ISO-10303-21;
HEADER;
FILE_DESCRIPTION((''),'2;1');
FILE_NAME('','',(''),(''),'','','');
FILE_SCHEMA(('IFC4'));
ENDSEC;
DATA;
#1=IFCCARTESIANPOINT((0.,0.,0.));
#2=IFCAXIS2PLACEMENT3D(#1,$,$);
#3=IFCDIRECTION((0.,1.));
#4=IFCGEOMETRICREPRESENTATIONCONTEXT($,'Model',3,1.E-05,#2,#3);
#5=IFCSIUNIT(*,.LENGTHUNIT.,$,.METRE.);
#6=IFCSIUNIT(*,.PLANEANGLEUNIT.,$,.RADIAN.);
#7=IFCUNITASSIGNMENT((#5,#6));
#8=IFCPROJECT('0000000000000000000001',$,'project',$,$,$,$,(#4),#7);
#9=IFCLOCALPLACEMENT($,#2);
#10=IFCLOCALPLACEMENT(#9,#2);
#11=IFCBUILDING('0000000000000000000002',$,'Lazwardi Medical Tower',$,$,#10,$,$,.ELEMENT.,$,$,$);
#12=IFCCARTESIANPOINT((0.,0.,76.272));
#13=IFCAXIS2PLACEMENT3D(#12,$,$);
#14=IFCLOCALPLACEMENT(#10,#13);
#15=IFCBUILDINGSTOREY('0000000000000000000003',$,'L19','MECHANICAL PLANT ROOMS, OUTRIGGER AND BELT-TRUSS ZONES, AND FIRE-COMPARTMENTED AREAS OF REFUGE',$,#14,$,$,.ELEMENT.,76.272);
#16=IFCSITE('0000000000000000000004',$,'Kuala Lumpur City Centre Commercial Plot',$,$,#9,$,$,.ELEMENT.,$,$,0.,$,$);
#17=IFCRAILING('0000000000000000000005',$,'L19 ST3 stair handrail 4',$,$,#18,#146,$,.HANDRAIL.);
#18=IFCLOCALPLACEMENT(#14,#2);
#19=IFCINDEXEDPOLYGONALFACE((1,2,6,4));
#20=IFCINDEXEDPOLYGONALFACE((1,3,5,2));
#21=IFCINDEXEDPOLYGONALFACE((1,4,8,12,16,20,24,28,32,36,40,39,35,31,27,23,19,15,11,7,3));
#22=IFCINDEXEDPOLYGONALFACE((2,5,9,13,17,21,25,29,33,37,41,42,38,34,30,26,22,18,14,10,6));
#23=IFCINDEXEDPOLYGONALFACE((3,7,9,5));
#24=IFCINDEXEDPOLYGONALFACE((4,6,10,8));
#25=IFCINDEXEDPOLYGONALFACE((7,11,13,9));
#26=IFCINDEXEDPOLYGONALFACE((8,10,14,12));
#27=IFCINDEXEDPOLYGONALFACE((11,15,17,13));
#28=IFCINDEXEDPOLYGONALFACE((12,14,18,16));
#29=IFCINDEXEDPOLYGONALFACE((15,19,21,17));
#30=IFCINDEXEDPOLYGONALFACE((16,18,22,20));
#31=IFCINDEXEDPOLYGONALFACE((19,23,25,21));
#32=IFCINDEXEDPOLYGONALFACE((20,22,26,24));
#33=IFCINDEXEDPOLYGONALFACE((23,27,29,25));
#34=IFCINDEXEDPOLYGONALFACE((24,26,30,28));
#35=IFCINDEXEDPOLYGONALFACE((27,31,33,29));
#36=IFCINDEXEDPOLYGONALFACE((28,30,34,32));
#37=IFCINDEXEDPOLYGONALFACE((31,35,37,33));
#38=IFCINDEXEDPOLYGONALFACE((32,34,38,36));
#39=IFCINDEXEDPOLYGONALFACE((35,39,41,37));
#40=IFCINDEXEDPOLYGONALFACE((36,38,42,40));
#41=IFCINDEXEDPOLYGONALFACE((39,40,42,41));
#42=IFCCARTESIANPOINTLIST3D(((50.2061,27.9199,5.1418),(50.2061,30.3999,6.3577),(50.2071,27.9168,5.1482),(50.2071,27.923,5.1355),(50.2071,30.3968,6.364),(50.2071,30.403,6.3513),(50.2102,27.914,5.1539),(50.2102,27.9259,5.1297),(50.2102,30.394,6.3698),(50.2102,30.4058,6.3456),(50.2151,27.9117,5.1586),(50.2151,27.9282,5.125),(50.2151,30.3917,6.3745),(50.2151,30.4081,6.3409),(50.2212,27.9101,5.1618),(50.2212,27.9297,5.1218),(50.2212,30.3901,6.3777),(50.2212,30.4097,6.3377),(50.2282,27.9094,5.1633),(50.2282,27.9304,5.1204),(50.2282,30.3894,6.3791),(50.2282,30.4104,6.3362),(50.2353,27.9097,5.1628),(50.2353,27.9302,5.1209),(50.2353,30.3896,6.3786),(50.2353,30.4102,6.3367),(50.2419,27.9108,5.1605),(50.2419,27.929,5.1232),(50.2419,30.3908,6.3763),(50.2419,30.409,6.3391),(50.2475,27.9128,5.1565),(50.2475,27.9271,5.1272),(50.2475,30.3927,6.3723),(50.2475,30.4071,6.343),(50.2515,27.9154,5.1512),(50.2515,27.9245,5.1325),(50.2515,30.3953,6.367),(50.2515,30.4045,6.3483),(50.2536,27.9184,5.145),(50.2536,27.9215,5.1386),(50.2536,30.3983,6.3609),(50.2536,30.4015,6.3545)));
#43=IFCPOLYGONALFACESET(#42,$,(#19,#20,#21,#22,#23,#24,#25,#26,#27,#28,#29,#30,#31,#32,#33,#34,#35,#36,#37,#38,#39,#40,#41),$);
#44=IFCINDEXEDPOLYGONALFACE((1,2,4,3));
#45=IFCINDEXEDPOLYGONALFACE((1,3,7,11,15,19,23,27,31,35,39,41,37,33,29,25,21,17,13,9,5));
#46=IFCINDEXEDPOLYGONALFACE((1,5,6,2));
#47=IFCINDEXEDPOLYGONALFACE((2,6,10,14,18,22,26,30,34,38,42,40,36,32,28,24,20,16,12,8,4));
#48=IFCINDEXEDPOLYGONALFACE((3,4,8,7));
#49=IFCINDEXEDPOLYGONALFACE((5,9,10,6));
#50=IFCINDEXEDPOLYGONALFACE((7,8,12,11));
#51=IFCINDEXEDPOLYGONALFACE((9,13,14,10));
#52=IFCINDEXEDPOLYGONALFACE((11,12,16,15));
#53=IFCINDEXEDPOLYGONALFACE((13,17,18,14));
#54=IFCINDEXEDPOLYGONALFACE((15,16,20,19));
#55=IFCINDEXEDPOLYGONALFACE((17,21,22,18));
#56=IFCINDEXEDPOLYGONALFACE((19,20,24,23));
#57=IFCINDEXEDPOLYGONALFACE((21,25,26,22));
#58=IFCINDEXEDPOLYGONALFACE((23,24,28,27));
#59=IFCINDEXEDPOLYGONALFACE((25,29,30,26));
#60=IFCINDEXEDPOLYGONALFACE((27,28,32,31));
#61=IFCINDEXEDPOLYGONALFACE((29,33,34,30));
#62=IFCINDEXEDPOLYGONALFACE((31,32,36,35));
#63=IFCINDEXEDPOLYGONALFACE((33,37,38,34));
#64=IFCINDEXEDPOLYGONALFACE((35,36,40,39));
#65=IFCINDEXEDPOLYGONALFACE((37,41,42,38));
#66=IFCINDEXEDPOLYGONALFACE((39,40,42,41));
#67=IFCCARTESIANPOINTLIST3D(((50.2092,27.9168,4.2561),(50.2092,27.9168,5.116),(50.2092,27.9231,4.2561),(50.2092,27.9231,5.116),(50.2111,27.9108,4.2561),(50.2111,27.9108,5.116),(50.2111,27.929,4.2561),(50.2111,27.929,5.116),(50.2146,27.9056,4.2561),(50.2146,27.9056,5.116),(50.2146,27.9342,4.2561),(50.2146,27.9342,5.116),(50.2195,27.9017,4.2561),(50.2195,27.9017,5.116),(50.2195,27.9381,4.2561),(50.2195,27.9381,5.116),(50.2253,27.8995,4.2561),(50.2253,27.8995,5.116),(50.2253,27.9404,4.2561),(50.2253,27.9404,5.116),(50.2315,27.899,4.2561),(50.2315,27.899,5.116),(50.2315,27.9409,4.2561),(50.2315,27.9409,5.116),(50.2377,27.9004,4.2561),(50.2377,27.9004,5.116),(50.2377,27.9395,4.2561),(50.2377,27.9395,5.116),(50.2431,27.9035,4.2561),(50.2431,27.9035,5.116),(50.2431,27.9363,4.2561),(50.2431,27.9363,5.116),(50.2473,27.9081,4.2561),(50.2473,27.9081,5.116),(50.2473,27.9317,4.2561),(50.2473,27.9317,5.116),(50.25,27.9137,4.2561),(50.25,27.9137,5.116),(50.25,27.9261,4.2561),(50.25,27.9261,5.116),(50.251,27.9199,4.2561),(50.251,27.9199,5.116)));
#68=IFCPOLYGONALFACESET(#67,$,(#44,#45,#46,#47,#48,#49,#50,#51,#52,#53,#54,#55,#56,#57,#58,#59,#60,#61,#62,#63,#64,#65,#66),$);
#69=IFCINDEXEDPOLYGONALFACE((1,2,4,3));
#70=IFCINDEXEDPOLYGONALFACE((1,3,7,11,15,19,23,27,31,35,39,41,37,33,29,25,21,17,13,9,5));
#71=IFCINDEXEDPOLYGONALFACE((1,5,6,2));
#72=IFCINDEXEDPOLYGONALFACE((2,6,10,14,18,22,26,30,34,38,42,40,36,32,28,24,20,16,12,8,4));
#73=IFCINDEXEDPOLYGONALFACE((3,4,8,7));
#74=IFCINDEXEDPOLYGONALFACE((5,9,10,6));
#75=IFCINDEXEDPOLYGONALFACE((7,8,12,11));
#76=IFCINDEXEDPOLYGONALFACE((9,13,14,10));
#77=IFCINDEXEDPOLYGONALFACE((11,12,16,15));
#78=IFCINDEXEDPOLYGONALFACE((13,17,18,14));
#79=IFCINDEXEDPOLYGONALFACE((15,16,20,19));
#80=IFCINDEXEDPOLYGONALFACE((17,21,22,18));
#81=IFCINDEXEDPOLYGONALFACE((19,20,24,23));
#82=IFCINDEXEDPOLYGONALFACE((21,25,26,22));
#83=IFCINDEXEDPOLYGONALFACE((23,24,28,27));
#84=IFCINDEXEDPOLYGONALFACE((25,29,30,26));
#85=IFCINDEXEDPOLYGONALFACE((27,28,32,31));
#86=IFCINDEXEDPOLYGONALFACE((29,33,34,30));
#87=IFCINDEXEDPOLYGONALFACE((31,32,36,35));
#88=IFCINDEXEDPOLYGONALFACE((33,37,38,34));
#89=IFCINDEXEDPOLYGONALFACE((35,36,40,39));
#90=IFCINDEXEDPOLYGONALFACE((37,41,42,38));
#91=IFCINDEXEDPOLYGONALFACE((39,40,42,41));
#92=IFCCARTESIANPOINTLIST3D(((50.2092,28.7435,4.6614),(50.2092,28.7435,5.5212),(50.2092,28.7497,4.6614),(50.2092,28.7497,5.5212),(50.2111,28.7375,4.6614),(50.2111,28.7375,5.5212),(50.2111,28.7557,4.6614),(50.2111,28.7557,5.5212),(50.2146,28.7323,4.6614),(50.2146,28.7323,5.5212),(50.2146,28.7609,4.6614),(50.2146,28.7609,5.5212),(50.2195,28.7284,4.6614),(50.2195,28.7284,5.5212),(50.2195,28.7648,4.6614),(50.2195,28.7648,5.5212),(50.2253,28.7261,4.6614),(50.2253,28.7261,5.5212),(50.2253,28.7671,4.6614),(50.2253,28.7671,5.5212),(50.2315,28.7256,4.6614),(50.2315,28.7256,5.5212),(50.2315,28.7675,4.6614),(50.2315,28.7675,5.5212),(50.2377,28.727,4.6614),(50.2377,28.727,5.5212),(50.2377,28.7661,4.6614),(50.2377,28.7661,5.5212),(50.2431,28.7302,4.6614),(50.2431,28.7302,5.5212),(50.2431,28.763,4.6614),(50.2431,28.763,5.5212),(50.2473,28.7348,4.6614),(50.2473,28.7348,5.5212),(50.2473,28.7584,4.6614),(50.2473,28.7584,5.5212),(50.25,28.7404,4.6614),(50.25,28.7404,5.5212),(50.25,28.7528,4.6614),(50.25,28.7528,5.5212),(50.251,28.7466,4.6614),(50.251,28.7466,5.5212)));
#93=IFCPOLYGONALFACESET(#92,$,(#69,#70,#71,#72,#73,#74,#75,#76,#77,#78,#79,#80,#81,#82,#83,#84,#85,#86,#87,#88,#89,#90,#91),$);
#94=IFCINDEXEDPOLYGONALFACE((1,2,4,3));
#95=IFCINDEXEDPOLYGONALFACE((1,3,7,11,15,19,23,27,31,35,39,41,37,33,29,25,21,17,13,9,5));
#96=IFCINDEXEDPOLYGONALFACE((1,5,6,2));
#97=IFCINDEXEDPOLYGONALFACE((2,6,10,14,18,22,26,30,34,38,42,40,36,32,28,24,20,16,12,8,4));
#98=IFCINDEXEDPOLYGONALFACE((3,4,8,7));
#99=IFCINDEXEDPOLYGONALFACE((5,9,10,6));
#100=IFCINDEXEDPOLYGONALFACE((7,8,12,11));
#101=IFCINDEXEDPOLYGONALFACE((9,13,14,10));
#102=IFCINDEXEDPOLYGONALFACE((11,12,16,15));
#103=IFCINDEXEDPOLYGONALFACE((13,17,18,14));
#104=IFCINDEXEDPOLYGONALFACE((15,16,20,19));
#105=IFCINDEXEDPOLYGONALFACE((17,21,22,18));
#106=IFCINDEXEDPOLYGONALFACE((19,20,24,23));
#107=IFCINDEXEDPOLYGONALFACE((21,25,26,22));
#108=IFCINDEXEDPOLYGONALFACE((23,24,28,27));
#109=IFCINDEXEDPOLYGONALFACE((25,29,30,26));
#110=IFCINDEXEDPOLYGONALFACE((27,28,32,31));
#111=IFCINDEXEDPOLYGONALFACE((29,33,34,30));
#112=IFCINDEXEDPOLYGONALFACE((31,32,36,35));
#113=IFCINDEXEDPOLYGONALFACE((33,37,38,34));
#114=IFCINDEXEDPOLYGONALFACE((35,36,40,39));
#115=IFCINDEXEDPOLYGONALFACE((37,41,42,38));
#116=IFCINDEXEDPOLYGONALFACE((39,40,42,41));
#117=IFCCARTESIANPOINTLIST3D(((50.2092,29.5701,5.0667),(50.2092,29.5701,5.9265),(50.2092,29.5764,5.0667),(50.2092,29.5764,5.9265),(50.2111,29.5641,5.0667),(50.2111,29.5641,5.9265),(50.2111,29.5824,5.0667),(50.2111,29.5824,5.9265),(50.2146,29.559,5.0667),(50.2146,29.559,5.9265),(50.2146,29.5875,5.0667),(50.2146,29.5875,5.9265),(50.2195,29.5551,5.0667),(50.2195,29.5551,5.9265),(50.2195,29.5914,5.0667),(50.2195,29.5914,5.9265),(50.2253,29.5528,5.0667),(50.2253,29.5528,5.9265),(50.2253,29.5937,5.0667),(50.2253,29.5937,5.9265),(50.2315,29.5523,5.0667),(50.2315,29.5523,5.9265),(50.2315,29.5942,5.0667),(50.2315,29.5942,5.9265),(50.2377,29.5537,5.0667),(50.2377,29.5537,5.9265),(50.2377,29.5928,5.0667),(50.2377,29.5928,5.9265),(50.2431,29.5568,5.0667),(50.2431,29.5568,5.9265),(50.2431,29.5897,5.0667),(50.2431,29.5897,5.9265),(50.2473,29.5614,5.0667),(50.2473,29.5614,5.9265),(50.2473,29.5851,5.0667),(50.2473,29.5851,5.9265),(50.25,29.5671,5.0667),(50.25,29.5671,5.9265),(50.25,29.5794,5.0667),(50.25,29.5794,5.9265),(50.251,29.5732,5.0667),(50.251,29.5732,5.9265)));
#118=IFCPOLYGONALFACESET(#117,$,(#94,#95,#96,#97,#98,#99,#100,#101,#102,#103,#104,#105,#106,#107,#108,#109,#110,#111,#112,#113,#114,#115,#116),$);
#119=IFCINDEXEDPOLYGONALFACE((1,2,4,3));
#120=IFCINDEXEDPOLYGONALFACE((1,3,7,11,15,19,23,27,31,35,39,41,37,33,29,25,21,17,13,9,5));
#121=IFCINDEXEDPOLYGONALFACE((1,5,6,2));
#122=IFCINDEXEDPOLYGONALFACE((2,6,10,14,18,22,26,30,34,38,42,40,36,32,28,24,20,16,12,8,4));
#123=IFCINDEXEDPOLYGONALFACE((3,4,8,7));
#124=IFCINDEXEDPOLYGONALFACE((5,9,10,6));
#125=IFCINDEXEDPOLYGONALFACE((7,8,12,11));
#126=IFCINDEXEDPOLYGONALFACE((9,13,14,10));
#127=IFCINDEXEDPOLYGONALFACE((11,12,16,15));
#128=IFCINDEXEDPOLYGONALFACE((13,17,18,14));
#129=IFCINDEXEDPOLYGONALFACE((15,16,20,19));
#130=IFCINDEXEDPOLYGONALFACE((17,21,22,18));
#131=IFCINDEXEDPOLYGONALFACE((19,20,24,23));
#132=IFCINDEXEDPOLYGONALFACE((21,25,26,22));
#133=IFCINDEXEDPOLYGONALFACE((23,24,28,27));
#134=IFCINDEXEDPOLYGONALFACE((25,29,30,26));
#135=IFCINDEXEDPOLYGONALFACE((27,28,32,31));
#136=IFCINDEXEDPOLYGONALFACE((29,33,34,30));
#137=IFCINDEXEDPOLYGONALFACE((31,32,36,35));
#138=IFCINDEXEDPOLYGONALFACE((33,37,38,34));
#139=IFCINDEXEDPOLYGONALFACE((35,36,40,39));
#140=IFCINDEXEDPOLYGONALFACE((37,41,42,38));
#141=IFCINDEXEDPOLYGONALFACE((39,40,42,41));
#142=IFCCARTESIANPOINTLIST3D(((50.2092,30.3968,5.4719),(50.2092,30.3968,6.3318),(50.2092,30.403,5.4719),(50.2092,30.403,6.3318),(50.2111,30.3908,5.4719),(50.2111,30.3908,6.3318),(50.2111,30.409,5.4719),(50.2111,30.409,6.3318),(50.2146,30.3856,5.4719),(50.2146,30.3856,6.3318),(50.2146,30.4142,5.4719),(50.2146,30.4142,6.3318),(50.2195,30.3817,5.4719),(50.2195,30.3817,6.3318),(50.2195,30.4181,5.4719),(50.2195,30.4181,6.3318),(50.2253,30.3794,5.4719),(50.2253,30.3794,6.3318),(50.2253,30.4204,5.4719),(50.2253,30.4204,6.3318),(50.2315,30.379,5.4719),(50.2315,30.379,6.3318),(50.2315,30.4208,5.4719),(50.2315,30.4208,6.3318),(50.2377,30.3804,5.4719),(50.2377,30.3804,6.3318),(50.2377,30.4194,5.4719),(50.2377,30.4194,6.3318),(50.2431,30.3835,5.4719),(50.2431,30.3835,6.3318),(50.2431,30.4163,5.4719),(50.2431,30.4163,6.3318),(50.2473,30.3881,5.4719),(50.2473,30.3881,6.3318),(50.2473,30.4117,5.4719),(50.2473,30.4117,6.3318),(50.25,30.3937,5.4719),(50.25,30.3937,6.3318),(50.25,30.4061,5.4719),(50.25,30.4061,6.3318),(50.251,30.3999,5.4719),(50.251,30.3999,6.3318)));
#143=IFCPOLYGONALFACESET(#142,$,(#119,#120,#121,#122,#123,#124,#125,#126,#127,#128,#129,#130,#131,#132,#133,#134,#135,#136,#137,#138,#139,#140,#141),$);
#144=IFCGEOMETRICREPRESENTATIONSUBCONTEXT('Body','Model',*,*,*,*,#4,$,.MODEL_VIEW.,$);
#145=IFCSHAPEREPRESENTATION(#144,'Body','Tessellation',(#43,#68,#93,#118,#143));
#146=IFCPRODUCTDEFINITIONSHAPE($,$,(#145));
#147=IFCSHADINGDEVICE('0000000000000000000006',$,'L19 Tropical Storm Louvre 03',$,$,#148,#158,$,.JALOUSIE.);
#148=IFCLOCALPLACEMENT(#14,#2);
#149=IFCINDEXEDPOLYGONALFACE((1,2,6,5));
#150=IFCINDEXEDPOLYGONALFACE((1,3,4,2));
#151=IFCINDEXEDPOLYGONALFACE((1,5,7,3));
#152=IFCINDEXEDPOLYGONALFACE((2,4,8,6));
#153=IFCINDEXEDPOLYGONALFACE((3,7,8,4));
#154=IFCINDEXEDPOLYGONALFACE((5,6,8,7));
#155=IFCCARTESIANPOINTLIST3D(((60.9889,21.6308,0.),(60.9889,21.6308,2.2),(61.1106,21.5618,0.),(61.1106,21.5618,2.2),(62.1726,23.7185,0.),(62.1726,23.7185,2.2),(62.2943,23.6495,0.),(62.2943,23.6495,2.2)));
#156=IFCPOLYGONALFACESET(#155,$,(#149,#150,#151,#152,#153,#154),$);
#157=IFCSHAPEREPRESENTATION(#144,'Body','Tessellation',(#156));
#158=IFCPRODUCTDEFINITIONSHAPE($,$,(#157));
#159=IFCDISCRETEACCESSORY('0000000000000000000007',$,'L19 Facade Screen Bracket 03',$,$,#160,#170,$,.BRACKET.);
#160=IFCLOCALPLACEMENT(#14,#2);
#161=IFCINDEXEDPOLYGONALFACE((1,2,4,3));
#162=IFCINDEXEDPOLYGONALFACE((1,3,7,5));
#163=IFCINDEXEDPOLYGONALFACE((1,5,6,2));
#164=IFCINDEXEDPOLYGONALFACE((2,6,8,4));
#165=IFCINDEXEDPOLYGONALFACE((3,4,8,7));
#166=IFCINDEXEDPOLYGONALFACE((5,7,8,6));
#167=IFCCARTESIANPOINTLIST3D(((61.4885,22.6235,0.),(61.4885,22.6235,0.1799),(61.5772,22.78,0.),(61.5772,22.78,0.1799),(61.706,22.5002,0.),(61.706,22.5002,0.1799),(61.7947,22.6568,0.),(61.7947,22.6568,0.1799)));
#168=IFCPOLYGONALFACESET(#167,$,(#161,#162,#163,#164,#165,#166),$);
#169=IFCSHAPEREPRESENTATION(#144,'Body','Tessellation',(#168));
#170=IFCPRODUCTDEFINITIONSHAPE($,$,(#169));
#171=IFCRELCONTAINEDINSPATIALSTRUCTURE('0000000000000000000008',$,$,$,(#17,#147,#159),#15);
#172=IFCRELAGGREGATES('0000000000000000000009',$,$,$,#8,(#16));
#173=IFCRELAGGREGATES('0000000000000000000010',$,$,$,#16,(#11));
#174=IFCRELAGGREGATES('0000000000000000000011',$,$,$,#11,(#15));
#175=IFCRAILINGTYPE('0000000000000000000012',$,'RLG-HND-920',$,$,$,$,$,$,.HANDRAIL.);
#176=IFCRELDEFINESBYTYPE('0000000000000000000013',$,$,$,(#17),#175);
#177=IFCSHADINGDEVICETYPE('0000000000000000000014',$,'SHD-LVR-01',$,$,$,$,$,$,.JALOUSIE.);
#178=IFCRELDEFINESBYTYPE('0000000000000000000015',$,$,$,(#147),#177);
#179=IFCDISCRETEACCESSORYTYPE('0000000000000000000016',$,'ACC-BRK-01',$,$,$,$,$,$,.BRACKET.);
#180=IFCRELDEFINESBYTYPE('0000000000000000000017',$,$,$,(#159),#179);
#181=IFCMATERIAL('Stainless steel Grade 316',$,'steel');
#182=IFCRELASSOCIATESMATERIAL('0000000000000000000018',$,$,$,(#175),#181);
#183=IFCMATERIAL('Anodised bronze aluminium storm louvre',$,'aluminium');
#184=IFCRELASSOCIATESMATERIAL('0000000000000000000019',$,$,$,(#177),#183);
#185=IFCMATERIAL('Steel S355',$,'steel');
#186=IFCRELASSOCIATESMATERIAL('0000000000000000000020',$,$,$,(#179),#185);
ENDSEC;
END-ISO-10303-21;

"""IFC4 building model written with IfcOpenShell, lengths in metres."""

from ifc_helpers import new_model, si_unit, direction, frame, origin, origin_2d, place, context, subcontext, project, spatial, rectangle, circle, extrude, material, type_object, element, save


model = new_model("IFC4")

# Units and contexts
model_context = context("Model", 3, precision=1e-05, world=origin(), true_north=direction((0.0, 1.0)))
body_context = subcontext(model_context, "Body", "Model", "MODEL_VIEW")
ifc_project = project(units=[si_unit("LENGTHUNIT", "METRE"), si_unit("PLANEANGLEUNIT", "RADIAN")], contexts=[model_context])

# Site, building, storey
site_placement = place(None, origin())
site = spatial("IfcSite", under=ifc_project, at=site_placement, Name="Kuala Lumpur City Centre Commercial Plot", CompositionType="ELEMENT", RefElevation=0.0)
building_placement = place(site_placement, origin())
building = spatial("IfcBuilding", under=site, at=building_placement, Name="Lazwardi Medical Tower", CompositionType="ELEMENT")
storey_placement = place(building_placement, frame((0.0, 0.0, 76.272)))
storey = spatial("IfcBuildingStorey", under=building, at=storey_placement, Name="L19", Description="MECHANICAL PLANT ROOMS, OUTRIGGER AND BELT-TRUSS ZONES, AND FIRE-COMPARTMENTED AREAS OF REFUGE", CompositionType="ELEMENT", Elevation=76.272)

# Shared definitions
ifc_material_1 = material(Name="Steel S355", Category="steel")

# Railing
ifc_material_2 = material(Name="Stainless steel Grade 316", Category="steel")
railing_type_1 = type_object("IfcRailingType", Name="RLG-HND-920", PredefinedType="HANDRAIL", material=ifc_material_2)
railing_1_placement = place(storey_placement, frame((50.23, 27.9199, 4.2561)))
element("IfcRailing", 1, at=railing_1_placement, inside=storey, type_object=railing_type_1, Name="L19 ST3 stair handrail 4", PredefinedType="HANDRAIL", context=body_context, shape_type="SweptSolid", body=[
    extrude(circle(Radius=0.0239, at=origin_2d()), frame((0.0, 0.0, 0.8857), z_axis=(0.0, 0.8979, 0.440199), x_axis=(-1.0, 0.0, 0.0)), (0.0, 0.0, 1.0), 2.762),
    extrude(circle(Radius=0.021, at=origin_2d()), origin(), (0.0, 0.0, 1.0), 0.8599),
    extrude(circle(Radius=0.021, at=origin_2d()), frame((0.0, 0.8267, 0.4053)), (0.0, 0.0, 1.0), 0.8599),
    extrude(circle(Radius=0.021, at=origin_2d()), frame((0.0, 1.6533, 0.8105)), (0.0, 0.0, 1.0), 0.8599),
    extrude(circle(Radius=0.021, at=origin_2d()), frame((0.0, 2.48, 1.2158)), (0.0, 0.0, 1.0), 0.8599),
])

# Shading device
ifc_material_3 = material(Name="Anodised bronze aluminium storm louvre", Category="aluminium")
shading_device_type = type_object("IfcShadingDeviceType", Name="SHD-LVR-01", PredefinedType="JALOUSIE", material=ifc_material_3)
shading_device_placement = place(storey_placement, frame((61.6416, 22.6401, 0.0), z_axis=(0.0, 0.0, 1.0), x_axis=(0.493194, 0.86992, 0.0)))
element("IfcShadingDevice", 2, at=shading_device_placement, inside=storey, type_object=shading_device_type, Name="L19 Tropical Storm Louvre 03", PredefinedType="JALOUSIE", context=body_context, shape_type="SweptSolid", body=[
    extrude(rectangle(XDim=2.3999, YDim=0.1399, at=origin_2d()), origin(), (0.0, 0.0, 1.0), 2.2),
])

# Discrete accessory
discrete_accessory_type = type_object("IfcDiscreteAccessoryType", Name="ACC-BRK-01", PredefinedType="BRACKET", material=ifc_material_1)
discrete_accessory_placement = place(storey_placement, frame((61.6416, 22.6401, 0.0), z_axis=(0.0, 0.0, 1.0), x_axis=(0.493194, 0.86992, 0.0)))
element("IfcDiscreteAccessory", 3, at=discrete_accessory_placement, inside=storey, type_object=discrete_accessory_type, Name="L19 Facade Screen Bracket 03", PredefinedType="BRACKET", context=body_context, shape_type="SweptSolid", body=[
    extrude(rectangle(XDim=0.1799, YDim=0.25, at=origin_2d()), origin(), (0.0, 0.0, 1.0), 0.1799),
])

save(model, "model.ifc")
